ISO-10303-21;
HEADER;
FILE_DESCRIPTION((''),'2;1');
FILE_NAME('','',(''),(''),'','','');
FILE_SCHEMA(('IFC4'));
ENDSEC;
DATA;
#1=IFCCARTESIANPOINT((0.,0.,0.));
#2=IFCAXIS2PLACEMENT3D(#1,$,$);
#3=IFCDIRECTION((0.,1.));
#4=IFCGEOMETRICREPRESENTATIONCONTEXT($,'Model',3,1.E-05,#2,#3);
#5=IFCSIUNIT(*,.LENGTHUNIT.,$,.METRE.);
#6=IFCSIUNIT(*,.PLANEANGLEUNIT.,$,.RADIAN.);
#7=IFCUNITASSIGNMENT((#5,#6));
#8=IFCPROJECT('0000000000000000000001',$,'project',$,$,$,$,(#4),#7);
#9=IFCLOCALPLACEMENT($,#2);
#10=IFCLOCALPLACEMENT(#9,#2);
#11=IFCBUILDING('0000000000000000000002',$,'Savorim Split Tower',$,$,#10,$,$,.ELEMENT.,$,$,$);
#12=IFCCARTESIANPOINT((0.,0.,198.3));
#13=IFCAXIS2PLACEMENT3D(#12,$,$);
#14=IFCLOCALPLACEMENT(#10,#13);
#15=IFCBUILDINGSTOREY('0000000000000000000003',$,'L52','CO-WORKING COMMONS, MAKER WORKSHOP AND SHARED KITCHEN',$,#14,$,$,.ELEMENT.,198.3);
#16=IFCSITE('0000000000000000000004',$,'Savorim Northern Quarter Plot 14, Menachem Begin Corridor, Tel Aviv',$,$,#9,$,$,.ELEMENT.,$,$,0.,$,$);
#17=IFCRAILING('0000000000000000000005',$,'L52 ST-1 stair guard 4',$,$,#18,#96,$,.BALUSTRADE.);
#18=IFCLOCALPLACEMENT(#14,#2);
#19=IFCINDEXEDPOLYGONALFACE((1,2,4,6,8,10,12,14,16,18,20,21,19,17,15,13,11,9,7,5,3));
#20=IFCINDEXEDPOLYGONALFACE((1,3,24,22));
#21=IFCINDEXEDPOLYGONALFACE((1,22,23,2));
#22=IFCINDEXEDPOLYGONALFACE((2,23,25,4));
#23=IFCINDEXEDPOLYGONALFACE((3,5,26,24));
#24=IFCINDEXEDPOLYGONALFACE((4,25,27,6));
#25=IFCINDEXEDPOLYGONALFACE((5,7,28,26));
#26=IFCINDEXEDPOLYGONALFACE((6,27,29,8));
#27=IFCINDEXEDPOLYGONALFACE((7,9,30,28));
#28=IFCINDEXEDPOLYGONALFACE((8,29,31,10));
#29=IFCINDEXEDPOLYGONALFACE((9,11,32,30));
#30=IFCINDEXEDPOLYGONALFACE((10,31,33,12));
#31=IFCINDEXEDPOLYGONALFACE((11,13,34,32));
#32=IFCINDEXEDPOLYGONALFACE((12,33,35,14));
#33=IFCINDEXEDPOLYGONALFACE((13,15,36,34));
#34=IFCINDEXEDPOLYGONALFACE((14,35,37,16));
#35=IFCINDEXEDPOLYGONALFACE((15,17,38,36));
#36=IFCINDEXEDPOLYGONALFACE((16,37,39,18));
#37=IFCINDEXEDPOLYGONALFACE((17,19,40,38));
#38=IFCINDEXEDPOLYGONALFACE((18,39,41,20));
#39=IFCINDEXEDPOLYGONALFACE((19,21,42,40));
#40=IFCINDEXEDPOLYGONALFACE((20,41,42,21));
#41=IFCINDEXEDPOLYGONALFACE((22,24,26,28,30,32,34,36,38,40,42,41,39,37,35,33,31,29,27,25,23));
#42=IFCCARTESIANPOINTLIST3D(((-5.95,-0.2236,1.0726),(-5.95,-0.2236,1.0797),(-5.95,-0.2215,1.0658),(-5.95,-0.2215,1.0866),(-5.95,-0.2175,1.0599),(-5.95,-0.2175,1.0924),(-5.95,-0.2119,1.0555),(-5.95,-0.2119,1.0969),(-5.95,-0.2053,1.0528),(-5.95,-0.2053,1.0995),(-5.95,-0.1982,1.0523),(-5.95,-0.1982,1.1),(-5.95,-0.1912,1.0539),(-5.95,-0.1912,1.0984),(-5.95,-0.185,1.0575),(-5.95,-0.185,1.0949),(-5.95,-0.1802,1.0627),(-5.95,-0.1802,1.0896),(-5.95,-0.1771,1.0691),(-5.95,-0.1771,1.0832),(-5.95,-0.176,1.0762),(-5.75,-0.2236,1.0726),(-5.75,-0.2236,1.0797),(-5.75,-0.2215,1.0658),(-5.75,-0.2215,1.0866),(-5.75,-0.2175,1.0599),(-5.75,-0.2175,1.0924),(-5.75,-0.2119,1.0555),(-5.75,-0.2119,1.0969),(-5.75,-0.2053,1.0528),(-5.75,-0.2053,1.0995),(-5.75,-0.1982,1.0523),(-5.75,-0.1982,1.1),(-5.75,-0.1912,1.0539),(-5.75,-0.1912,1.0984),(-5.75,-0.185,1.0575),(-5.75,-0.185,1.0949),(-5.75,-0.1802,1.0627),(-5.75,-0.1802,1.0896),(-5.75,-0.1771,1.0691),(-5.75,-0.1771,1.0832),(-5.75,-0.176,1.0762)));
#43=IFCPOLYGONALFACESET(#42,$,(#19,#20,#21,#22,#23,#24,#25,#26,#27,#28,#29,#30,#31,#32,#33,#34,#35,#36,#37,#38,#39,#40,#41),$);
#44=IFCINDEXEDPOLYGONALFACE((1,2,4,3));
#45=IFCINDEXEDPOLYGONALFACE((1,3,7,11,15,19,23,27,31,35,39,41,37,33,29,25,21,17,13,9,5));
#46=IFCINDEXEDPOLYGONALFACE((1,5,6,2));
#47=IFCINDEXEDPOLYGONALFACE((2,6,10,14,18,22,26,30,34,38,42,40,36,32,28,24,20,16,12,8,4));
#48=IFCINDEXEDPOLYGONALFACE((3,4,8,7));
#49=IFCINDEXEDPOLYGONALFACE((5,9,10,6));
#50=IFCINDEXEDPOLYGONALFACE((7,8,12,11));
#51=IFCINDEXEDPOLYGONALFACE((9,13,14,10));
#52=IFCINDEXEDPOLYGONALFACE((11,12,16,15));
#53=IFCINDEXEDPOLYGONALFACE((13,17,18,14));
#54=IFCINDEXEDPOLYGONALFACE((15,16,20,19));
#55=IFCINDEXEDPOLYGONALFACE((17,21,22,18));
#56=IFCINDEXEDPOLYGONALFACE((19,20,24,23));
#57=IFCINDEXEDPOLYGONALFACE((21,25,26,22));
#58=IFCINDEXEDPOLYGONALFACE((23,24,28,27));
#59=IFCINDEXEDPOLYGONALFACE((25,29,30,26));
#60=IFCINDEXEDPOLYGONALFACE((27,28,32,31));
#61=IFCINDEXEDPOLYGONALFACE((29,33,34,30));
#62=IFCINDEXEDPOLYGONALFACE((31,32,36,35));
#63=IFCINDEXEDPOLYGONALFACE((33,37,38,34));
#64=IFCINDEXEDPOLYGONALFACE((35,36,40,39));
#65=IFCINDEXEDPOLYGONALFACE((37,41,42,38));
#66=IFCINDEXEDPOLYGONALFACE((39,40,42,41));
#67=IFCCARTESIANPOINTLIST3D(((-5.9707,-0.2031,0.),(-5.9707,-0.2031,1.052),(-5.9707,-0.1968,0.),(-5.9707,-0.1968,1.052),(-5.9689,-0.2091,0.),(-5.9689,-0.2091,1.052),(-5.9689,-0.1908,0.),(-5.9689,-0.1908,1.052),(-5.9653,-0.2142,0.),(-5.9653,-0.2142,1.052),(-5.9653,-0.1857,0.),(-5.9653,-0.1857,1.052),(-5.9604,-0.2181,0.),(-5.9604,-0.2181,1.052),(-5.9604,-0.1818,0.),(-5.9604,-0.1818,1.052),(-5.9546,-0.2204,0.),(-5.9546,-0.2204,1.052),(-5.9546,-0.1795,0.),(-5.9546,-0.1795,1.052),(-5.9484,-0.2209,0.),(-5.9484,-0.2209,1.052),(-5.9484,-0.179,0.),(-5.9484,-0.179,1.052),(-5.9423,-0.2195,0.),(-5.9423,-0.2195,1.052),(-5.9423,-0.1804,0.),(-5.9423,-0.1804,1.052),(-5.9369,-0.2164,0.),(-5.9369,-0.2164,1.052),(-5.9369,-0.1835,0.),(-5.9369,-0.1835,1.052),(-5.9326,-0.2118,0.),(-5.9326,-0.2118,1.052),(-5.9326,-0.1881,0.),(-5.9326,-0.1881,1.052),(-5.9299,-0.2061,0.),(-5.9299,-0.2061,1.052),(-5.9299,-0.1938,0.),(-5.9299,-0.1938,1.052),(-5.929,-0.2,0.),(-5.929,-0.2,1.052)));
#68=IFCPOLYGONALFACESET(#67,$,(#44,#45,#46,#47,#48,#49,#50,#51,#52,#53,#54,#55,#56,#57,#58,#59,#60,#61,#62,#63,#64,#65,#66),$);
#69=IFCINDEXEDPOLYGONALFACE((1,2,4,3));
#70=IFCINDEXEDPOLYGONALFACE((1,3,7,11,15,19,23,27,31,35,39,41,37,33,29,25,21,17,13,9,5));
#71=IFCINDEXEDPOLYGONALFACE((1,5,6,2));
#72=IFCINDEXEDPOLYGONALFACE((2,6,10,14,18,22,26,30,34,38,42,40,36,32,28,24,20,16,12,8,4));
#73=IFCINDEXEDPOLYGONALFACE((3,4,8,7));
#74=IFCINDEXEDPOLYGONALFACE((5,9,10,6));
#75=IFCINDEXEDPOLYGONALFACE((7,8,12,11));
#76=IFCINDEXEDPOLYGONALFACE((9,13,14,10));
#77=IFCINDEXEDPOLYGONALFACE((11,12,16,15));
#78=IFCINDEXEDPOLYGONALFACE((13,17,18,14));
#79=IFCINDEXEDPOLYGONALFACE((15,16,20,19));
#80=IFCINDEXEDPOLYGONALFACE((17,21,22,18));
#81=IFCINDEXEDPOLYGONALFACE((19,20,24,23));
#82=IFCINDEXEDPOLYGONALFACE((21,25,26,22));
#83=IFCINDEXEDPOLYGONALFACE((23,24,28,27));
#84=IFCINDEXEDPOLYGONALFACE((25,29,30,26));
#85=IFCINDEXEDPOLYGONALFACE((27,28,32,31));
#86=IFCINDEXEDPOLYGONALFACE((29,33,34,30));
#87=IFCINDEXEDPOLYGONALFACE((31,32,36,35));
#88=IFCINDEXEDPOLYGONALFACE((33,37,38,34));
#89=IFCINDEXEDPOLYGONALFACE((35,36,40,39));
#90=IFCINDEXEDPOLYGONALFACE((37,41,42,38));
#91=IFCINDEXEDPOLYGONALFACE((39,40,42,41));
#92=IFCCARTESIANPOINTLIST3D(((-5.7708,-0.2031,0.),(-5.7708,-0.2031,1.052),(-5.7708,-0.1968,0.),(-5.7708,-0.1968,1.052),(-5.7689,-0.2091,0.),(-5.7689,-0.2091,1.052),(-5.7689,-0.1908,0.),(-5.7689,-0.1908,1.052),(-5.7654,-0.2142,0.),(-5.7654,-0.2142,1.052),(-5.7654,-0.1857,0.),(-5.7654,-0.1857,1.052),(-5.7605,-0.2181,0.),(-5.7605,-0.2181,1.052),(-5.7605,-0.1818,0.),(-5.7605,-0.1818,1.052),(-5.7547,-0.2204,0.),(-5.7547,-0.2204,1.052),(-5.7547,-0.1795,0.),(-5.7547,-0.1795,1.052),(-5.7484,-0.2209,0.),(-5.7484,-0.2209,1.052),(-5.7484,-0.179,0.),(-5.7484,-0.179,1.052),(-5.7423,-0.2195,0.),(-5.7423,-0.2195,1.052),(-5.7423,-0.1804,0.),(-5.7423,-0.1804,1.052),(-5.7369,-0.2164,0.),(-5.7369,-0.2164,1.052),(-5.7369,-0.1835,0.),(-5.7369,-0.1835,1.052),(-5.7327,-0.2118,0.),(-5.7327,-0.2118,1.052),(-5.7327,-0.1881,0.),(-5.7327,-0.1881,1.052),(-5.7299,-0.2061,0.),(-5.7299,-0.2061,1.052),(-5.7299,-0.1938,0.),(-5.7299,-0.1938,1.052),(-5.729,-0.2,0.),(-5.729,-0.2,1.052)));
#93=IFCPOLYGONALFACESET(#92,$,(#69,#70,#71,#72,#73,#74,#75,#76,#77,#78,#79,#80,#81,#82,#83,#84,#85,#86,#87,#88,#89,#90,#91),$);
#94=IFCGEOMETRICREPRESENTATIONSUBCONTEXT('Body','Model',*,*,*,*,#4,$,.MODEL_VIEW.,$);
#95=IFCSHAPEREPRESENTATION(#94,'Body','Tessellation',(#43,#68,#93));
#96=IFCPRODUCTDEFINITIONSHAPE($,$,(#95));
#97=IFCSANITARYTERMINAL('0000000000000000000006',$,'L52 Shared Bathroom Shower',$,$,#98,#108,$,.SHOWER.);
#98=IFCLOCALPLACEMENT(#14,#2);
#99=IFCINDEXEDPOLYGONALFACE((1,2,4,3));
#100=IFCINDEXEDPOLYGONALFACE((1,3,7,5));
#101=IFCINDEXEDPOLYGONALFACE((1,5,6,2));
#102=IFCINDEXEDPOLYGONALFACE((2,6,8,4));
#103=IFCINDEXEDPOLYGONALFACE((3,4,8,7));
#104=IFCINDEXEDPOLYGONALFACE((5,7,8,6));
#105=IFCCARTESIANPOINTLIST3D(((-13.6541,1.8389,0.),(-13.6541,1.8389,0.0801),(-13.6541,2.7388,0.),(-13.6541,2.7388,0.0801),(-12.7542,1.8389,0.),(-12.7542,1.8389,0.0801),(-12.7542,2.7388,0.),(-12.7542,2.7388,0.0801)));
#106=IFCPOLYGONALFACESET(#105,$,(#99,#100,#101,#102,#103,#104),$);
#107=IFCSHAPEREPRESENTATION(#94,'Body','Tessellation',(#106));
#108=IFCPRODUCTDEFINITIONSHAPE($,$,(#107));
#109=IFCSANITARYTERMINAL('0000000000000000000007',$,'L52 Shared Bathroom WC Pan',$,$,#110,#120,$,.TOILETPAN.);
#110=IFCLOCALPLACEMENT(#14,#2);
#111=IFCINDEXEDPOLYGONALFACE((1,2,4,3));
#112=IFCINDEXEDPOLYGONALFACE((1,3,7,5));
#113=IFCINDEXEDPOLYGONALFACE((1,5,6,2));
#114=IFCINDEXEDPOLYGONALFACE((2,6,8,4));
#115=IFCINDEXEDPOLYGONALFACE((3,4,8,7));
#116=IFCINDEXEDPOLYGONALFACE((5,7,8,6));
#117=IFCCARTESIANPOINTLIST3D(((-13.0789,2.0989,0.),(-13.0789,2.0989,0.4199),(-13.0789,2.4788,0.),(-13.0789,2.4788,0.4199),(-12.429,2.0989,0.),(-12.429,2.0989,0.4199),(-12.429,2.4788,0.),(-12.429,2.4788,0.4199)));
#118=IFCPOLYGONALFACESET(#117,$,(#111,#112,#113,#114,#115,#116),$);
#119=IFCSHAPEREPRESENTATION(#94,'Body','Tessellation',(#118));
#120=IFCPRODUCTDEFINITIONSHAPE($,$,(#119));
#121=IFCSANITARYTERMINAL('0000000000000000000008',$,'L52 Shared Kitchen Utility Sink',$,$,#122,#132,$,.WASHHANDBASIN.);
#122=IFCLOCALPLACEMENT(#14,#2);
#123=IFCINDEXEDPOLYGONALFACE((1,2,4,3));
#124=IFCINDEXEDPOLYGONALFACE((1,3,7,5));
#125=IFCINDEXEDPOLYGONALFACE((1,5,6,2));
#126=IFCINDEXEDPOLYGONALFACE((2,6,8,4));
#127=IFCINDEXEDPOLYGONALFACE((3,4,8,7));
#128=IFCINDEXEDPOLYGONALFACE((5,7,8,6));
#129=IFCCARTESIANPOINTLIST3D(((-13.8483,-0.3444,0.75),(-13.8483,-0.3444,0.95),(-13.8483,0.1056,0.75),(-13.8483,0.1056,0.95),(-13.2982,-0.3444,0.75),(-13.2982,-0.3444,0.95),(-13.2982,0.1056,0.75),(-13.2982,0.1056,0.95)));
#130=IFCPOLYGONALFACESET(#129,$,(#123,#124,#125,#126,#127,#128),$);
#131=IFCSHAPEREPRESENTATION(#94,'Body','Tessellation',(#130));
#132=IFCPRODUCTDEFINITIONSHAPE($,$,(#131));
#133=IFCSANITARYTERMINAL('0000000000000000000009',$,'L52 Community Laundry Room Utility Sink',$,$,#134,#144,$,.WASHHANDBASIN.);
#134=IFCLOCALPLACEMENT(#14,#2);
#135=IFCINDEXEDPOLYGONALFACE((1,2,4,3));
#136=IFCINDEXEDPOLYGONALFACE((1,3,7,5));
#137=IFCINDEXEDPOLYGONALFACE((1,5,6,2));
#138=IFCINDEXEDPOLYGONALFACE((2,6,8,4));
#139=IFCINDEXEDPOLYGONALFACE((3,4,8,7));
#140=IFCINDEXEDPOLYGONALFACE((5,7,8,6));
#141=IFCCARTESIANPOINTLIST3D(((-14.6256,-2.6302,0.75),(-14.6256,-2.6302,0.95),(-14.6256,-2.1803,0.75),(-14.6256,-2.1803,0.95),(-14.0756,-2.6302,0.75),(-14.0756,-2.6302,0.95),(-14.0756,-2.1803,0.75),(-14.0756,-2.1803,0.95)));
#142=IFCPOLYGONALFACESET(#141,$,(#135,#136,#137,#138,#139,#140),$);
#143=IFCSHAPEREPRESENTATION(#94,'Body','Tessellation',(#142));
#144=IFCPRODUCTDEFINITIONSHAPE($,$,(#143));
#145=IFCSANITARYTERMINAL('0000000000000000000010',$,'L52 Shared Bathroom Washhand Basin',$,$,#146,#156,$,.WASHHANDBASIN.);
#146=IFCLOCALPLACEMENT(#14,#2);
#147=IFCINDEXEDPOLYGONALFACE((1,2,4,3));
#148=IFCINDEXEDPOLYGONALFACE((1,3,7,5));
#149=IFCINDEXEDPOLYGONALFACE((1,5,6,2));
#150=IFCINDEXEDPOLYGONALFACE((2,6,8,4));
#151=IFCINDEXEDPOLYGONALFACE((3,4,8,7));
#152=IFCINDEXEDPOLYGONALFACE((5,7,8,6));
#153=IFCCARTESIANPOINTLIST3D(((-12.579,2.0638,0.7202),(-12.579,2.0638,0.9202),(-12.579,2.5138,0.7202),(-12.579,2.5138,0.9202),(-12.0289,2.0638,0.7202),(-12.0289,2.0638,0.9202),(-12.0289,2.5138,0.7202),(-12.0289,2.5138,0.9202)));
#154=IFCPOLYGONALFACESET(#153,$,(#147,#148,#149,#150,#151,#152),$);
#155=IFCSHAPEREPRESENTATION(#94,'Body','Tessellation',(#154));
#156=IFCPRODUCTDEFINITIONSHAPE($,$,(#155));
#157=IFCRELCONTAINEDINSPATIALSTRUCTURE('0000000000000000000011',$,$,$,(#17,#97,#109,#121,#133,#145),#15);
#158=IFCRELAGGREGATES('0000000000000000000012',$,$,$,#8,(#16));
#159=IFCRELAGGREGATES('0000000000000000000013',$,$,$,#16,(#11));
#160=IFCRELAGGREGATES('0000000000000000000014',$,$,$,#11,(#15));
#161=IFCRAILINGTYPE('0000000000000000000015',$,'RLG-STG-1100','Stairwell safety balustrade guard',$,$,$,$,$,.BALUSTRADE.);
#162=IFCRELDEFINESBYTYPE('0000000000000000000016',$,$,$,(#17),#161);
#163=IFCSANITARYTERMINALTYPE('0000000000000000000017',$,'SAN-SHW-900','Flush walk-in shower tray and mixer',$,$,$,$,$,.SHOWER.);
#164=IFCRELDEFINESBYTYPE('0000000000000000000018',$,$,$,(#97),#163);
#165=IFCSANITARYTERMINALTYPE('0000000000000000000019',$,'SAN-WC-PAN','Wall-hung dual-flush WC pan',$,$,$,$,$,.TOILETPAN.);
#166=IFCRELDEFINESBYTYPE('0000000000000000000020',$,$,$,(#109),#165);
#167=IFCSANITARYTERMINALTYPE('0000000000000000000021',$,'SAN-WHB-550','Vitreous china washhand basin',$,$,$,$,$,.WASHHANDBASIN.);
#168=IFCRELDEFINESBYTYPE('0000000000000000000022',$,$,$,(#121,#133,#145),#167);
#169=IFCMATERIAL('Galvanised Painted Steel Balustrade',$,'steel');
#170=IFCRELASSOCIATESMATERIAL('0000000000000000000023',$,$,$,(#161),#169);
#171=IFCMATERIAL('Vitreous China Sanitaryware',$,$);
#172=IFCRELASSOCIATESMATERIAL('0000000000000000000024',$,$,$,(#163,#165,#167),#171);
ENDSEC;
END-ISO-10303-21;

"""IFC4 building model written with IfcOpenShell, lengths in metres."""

from ifc_helpers import new_model, si_unit, direction, frame, origin, origin_2d, place, context, subcontext, project, spatial, rectangle, circle, extrude, material, type_object, element, save


model = new_model("IFC4")

# Units and contexts
model_context = context("Model", 3, precision=1e-05, world=origin(), true_north=direction((0.0, 1.0)))
body_context = subcontext(model_context, "Body", "Model", "MODEL_VIEW")
ifc_project = project(units=[si_unit("LENGTHUNIT", "METRE"), si_unit("PLANEANGLEUNIT", "RADIAN")], contexts=[model_context])

# Site, building, storey
site_placement = place(None, origin())
site = spatial("IfcSite", under=ifc_project, at=site_placement, Name="Savorim Northern Quarter Plot 14, Menachem Begin Corridor, Tel Aviv", CompositionType="ELEMENT", RefElevation=0.0)
building_placement = place(site_placement, origin())
building = spatial("IfcBuilding", under=site, at=building_placement, Name="Savorim Split Tower", CompositionType="ELEMENT")
storey_placement = place(building_placement, frame((0.0, 0.0, 198.3)))
storey = spatial("IfcBuildingStorey", under=building, at=storey_placement, Name="L52", Description="CO-WORKING COMMONS, MAKER WORKSHOP AND SHARED KITCHEN", CompositionType="ELEMENT", Elevation=198.3)

# Railing
ifc_material_1 = material(Name="Galvanised Painted Steel Balustrade", Category="steel")
railing_type_1 = type_object("IfcRailingType", Name="RLG-STG-1100", Description="Stairwell safety balustrade guard", PredefinedType="BALUSTRADE", material=ifc_material_1)
railing_1_placement = place(storey_placement, frame((-5.95, -0.2, 0.0)))
element("IfcRailing", 1, at=railing_1_placement, inside=storey, type_object=railing_type_1, Name="L52 ST-1 stair guard 4", PredefinedType="BALUSTRADE", context=body_context, shape_type="SweptSolid", body=[
    extrude(circle(Radius=0.0239, at=origin_2d()), frame((0.0, 0.0, 1.0762), z_axis=(1.0, 0.0, 0.0), x_axis=(0.0, 1.0, 0.0)), (0.0, 0.0, 1.0), 0.2),
    extrude(circle(Radius=0.021, at=origin_2d()), origin(), (0.0, 0.0, 1.0), 1.052),
    extrude(circle(Radius=0.021, at=origin_2d()), frame((0.2, 0.0, 0.0)), (0.0, 0.0, 1.0), 1.052),
])

# Sanitary terminals
ifc_material_2 = material(Name="Vitreous China Sanitaryware")
sanitary_terminal_type_1 = type_object("IfcSanitaryTerminalType", Name="SAN-SHW-900", Description="Flush walk-in shower tray and mixer", PredefinedType="SHOWER", material=ifc_material_2)
sanitary_terminal_1_placement = place(storey_placement, frame((-13.2041, 2.2888, 0.0), z_axis=(0.0, 0.0, 1.0), x_axis=(1.0, 0.0, 0.0)))
element("IfcSanitaryTerminal", 2, at=sanitary_terminal_1_placement, inside=storey, type_object=sanitary_terminal_type_1, Name="L52 Shared Bathroom Shower", PredefinedType="SHOWER", context=body_context, shape_type="SweptSolid", body=[
    extrude(rectangle(XDim=0.8999, YDim=0.8999, at=origin_2d()), origin(), (0.0, 0.0, 1.0), 0.0801),
])
sanitary_terminal_type_2 = type_object("IfcSanitaryTerminalType", Name="SAN-WC-PAN", Description="Wall-hung dual-flush WC pan", PredefinedType="TOILETPAN", material=ifc_material_2)
sanitary_terminal_2_placement = place(storey_placement, frame((-12.7539, 2.2888, 0.0), z_axis=(0.0, 0.0, 1.0), x_axis=(1.0, 0.0, 0.0)))
element("IfcSanitaryTerminal", 3, at=sanitary_terminal_2_placement, inside=storey, type_object=sanitary_terminal_type_2, Name="L52 Shared Bathroom WC Pan", PredefinedType="TOILETPAN", context=body_context, shape_type="SweptSolid", body=[
    extrude(rectangle(XDim=0.6499, YDim=0.3799, at=origin_2d()), origin(), (0.0, 0.0, 1.0), 0.4199),
])
sanitary_terminal_type_3 = type_object("IfcSanitaryTerminalType", Name="SAN-WHB-550", Description="Vitreous china washhand basin", PredefinedType="WASHHANDBASIN", material=ifc_material_2)
for number, where, z_axis, x_axis, name in (
    (4, (-13.5732, -0.1194, 0.75), (0.0, 0.0, 1.0), (1.0, 0.0, 0.0), "L52 Shared Kitchen Utility Sink"),
    (5, (-14.3506, -2.4053, 0.75), (0.0, 0.0, 1.0), (1.0, 0.0, 0.0), "L52 Community Laundry Room Utility Sink"),
    (6, (-12.304, 2.2888, 0.7202), (0.0, 0.0, 1.0), (1.0, 0.0, 0.0), "L52 Shared Bathroom Washhand Basin"),
):
    element("IfcSanitaryTerminal", number, at=place(storey_placement, frame(where, z_axis=z_axis, x_axis=x_axis)), inside=storey, type_object=sanitary_terminal_type_3, Name=name, PredefinedType="WASHHANDBASIN", context=body_context, shape_type="SweptSolid", body=[
        extrude(rectangle(XDim=0.55, YDim=0.45, at=origin_2d()), origin(), (0.0, 0.0, 1.0), 0.2),
    ])

save(model, "model.ifc")
